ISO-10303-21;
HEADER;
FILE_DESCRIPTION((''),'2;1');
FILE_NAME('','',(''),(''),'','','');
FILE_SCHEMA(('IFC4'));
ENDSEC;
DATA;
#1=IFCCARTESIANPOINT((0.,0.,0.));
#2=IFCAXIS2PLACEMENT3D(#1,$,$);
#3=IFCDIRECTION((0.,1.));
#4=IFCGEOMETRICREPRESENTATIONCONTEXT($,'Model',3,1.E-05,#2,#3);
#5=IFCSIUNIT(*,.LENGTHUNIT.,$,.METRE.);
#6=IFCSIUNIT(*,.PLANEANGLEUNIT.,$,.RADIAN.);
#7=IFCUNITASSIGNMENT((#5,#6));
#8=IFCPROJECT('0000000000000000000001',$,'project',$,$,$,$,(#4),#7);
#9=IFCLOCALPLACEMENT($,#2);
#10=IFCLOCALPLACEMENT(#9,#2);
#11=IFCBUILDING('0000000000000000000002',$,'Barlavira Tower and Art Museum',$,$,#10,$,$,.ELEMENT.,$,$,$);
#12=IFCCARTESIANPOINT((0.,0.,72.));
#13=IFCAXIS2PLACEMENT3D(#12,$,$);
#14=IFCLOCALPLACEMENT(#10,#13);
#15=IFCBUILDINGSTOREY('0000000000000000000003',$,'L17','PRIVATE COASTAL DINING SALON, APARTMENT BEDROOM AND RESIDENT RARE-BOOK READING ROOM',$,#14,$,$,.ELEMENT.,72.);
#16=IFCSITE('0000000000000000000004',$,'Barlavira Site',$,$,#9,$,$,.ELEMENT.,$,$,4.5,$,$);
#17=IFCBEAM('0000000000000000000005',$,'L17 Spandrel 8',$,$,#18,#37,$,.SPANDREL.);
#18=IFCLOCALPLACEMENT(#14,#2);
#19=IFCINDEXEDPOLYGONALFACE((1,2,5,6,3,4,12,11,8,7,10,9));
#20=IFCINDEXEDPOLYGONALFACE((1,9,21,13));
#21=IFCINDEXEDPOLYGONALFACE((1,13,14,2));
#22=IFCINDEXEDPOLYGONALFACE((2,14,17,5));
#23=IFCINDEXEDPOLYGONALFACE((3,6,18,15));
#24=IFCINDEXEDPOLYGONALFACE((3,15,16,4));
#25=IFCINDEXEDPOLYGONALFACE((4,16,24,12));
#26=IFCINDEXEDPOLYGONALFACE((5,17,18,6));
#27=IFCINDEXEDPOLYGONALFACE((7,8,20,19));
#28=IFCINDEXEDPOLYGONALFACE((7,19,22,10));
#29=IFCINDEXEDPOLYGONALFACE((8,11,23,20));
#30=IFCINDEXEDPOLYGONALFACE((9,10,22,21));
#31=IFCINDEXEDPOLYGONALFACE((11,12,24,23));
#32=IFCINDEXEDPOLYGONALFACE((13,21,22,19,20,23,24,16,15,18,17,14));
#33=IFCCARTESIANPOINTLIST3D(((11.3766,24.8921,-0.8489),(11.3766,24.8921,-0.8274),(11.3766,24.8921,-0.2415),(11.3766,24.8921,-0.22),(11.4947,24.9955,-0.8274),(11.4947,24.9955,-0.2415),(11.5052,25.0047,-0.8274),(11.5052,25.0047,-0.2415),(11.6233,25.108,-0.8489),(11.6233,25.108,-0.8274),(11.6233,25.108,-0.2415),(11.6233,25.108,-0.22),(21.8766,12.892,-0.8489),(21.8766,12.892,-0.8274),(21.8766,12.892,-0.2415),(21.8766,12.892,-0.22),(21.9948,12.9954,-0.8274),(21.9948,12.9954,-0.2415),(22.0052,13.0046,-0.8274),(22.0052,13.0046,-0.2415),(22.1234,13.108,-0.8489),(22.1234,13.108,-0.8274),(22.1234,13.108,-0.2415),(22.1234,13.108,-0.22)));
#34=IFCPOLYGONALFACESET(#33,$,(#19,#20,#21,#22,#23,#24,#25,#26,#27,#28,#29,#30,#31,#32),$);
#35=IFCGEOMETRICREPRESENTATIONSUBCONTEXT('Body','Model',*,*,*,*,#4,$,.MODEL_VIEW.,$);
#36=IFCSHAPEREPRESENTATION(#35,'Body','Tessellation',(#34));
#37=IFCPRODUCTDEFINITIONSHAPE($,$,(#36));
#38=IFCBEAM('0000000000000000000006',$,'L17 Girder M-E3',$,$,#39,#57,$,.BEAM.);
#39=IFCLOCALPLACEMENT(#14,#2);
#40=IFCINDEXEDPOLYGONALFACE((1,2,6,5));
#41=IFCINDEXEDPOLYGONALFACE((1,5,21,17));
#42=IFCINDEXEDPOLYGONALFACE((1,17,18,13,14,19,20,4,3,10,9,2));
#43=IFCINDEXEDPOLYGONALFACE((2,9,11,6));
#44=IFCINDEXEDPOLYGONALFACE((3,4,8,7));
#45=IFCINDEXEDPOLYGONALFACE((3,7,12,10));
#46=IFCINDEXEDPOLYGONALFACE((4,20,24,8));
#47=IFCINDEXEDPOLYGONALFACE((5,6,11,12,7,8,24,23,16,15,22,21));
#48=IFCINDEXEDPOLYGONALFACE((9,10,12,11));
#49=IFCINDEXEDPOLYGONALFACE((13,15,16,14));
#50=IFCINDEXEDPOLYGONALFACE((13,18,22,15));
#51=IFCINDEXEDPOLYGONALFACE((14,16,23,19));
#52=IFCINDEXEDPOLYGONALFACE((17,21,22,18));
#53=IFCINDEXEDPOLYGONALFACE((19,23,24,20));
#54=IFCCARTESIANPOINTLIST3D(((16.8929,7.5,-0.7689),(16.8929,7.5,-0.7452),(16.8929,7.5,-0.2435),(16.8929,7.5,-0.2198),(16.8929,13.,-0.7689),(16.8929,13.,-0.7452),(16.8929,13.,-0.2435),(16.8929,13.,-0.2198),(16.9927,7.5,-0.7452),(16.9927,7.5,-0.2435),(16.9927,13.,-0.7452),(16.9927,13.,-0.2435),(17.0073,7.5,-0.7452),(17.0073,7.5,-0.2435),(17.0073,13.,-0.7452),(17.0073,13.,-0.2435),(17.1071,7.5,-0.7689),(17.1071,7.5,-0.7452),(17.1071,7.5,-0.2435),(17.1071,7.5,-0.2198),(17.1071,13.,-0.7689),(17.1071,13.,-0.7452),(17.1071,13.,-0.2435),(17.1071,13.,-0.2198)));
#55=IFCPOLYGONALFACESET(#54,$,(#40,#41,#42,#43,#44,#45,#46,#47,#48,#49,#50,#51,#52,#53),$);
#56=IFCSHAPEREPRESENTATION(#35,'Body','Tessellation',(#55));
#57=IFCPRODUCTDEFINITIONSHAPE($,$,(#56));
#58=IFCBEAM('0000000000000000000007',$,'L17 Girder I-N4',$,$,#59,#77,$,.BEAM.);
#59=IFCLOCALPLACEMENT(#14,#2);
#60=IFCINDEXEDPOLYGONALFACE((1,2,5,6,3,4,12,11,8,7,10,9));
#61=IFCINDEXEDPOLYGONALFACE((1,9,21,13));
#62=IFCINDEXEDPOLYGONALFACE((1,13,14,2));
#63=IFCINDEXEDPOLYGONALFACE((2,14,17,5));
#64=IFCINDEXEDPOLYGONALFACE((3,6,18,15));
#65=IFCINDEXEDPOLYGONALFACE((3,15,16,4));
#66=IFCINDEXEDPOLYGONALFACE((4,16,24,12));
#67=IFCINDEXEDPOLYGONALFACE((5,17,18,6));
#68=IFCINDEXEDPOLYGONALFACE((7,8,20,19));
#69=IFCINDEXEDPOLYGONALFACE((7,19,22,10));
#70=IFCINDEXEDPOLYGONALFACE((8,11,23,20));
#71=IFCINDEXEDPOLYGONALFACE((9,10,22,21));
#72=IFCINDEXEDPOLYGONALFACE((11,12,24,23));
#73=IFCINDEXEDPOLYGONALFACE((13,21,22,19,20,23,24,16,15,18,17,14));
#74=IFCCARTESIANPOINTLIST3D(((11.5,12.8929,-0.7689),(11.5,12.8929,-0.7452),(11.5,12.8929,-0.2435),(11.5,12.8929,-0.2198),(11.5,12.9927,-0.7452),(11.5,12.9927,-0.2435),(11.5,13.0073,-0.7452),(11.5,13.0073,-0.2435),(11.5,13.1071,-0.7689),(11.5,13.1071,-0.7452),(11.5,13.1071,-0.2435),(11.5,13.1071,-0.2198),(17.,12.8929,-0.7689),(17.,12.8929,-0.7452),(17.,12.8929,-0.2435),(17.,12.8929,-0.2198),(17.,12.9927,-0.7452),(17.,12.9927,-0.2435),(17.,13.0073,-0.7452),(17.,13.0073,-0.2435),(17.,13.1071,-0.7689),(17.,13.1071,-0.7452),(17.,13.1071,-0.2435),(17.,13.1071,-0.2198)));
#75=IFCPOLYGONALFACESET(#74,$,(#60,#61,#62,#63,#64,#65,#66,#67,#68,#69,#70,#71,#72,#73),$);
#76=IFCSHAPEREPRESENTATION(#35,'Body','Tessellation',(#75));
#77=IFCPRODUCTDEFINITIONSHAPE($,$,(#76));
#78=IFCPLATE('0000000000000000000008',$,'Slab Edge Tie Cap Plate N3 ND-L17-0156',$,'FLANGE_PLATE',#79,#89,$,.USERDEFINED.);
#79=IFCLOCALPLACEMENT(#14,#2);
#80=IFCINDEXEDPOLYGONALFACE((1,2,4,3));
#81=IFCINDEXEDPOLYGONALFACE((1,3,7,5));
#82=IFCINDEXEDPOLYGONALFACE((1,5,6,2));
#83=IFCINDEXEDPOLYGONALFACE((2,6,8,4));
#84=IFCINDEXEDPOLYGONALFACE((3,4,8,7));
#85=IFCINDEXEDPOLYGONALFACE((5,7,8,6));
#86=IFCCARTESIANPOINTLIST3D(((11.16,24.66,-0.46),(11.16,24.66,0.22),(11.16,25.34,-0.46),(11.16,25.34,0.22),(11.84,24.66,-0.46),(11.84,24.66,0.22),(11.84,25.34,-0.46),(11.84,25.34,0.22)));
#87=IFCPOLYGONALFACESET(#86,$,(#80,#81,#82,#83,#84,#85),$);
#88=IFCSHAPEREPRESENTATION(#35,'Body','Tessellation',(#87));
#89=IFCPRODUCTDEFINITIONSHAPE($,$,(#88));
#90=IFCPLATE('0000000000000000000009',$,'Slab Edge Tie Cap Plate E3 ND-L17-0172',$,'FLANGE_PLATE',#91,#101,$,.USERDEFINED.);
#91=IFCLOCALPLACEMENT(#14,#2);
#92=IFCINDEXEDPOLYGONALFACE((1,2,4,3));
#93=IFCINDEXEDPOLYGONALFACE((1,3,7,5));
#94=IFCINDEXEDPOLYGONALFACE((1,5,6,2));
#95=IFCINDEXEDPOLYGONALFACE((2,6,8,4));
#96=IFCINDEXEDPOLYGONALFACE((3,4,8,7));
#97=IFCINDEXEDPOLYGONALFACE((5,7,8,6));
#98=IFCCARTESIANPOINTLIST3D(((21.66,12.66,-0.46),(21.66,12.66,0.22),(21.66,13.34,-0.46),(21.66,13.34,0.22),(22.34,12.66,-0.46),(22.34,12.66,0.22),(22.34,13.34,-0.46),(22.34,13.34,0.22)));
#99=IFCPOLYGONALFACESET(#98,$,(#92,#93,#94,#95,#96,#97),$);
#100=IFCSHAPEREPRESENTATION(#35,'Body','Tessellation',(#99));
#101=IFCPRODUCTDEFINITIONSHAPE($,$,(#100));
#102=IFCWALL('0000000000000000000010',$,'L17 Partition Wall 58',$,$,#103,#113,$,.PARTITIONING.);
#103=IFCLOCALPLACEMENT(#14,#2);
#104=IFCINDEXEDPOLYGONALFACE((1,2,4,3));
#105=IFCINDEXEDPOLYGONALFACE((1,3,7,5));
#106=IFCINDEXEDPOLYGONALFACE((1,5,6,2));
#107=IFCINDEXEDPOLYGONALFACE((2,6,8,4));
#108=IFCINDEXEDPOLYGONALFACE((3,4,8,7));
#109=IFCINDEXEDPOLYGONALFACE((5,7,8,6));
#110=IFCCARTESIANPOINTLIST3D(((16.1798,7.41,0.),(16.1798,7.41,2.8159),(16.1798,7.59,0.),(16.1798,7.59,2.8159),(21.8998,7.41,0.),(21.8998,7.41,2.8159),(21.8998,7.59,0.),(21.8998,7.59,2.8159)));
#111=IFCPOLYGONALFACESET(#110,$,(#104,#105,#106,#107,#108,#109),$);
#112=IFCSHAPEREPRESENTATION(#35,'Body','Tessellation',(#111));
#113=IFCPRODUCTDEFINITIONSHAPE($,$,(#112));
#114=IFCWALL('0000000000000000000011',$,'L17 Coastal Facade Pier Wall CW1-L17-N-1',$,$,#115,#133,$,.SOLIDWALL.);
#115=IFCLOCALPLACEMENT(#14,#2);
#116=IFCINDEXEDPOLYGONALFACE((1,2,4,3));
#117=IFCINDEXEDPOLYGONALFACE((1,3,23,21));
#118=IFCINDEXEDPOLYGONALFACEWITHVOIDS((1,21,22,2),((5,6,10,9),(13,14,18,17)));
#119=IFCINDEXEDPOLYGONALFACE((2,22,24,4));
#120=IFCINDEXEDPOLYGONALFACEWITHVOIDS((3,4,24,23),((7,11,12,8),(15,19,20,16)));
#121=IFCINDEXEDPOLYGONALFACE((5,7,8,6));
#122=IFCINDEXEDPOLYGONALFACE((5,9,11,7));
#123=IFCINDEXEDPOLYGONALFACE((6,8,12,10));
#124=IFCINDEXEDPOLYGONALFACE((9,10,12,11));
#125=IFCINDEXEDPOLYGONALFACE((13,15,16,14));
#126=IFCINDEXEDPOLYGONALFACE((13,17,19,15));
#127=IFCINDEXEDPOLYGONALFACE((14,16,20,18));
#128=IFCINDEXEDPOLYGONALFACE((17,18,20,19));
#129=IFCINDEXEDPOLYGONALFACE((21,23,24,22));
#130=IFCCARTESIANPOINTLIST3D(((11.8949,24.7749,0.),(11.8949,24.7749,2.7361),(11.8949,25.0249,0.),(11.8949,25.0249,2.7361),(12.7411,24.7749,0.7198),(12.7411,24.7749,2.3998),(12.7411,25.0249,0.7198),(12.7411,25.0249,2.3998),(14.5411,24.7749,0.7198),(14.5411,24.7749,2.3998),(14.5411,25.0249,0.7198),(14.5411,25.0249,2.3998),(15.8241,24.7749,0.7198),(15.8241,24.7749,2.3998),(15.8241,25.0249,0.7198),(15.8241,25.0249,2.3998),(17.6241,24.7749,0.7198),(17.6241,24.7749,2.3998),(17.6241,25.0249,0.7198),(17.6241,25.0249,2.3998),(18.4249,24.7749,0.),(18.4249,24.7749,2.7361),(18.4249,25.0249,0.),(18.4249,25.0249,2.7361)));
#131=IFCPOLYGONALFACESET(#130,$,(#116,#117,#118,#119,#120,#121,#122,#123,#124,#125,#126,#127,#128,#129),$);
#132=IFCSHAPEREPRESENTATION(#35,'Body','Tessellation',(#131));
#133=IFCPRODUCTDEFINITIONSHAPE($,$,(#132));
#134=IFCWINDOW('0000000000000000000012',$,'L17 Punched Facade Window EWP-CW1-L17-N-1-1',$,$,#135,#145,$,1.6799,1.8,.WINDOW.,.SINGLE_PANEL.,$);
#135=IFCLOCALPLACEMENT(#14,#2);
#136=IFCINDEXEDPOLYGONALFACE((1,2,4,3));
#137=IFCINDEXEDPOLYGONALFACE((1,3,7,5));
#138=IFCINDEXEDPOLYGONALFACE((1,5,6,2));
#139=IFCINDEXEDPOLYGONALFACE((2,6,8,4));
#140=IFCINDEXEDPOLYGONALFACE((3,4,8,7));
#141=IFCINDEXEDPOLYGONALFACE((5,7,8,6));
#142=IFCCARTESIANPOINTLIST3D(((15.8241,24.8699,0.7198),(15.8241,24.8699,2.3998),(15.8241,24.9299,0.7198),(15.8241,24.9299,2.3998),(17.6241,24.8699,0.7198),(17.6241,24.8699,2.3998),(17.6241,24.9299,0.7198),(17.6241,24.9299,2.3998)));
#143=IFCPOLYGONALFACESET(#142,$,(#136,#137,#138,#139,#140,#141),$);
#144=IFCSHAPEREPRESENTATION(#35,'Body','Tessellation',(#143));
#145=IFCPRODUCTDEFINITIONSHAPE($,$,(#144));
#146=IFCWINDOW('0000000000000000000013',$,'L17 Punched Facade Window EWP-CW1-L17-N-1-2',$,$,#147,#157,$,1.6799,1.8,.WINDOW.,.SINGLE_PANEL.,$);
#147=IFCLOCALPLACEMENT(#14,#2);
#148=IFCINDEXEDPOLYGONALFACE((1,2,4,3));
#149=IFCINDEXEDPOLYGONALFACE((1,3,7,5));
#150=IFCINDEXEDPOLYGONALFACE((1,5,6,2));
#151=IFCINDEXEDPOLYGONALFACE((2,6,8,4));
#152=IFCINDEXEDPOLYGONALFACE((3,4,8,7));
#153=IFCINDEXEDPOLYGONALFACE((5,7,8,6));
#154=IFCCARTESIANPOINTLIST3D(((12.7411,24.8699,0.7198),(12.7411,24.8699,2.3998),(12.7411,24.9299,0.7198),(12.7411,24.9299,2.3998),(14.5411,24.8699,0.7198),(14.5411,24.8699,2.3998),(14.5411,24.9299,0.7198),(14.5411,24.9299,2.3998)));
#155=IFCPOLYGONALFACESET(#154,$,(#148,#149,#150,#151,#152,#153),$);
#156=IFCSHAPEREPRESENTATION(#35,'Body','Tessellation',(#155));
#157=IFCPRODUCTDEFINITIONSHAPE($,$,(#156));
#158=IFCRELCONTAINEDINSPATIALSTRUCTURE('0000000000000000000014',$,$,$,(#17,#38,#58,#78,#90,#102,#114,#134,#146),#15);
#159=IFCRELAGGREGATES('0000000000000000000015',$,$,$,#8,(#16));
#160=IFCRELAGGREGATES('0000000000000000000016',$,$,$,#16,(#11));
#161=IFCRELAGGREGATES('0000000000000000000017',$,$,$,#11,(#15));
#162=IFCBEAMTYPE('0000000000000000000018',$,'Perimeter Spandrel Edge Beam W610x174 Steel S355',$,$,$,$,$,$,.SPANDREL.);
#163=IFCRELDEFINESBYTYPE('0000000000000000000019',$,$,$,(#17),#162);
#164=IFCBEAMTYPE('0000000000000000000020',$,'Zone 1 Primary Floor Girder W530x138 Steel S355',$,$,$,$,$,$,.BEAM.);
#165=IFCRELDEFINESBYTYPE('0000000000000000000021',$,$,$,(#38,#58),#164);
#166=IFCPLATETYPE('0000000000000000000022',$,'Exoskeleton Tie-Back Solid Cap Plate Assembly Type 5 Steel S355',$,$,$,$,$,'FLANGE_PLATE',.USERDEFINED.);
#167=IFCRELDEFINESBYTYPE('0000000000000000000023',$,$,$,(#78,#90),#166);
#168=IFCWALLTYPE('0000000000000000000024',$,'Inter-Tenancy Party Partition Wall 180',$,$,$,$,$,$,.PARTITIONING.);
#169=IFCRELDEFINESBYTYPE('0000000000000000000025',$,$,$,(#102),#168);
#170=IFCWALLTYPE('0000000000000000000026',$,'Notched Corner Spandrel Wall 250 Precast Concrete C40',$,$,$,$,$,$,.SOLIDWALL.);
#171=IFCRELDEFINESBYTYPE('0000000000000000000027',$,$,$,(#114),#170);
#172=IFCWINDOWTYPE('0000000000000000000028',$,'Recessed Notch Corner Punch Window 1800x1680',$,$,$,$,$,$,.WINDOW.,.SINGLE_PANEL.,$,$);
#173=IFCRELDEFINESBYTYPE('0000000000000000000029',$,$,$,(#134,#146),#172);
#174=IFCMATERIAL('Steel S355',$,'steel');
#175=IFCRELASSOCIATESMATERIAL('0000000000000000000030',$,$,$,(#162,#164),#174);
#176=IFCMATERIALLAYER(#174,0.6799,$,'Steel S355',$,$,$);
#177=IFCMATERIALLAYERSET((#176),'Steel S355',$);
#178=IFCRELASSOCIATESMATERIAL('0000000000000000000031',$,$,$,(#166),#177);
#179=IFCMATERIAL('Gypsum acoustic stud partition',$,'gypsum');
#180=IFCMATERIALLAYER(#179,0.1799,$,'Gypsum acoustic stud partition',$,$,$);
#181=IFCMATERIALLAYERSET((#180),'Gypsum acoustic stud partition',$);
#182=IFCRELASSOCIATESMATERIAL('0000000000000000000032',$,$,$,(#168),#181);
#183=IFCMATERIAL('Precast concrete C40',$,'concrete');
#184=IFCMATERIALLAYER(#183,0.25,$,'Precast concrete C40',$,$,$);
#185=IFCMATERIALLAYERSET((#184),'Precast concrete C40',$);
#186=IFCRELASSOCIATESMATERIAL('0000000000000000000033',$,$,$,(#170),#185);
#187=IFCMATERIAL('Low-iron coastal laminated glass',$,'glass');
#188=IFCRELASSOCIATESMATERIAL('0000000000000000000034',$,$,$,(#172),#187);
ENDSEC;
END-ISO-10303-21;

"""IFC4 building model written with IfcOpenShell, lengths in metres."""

from ifc_helpers import new_model, si_unit, direction, frame, frame_2d, origin, origin_2d, place, context, subcontext, project, spatial, rectangle, i_section, extrude, material, layer, layer_set, material_profile, profile_set, type_object, element, fill, save


model = new_model("IFC4")

# Units and contexts
model_context = context("Model", 3, precision=1e-05, world=origin(), true_north=direction((0.0, 1.0)))
body_context = subcontext(model_context, "Body", "Model", "MODEL_VIEW")
ifc_project = project(units=[si_unit("LENGTHUNIT", "METRE"), si_unit("PLANEANGLEUNIT", "RADIAN")], contexts=[model_context])

# Site, building, storey
site_placement = place(None, origin())
site = spatial("IfcSite", under=ifc_project, at=site_placement, Name="Barlavira Site", CompositionType="ELEMENT", RefElevation=4.5)
building_placement = place(site_placement, origin())
building = spatial("IfcBuilding", under=site, at=building_placement, Name="Barlavira Tower and Art Museum", CompositionType="ELEMENT")
storey_placement = place(building_placement, frame((0.0, 0.0, 72.0)))
storey = spatial("IfcBuildingStorey", under=building, at=storey_placement, Name="L17", Description="PRIVATE COASTAL DINING SALON, APARTMENT BEDROOM AND RESIDENT RARE-BOOK READING ROOM", CompositionType="ELEMENT", Elevation=72.0)

# Shared definitions
ifc_material_1 = material(Name="Steel S355", Category="steel")

# Beams
ifc_material_profile_1 = material_profile(ifc_material_1, i_section(OverallWidth=0.3279, OverallDepth=0.6289, WebThickness=0.0139, FlangeThickness=0.0215, at=origin_2d()), Name="W610x174.0")
ifc_profile_set_1 = profile_set([ifc_material_profile_1], Name="Steel S355")
beam_type_1 = type_object("IfcBeamType", Name="Perimeter Spandrel Edge Beam W610x174 Steel S355", PredefinedType="SPANDREL", material=ifc_profile_set_1)
beam_1_placement = place(storey_placement, frame((22.0, 13.0, -0.5344), z_axis=(-0.658505, 0.752577, 0.0), x_axis=(-0.752577, -0.658505, 0.0)))
element("IfcBeam", 1, at=beam_1_placement, inside=storey, type_object=beam_type_1, Name="L17 Spandrel 8", PredefinedType="SPANDREL", context=body_context, shape_type="SweptSolid", body=[
    extrude(i_section(OverallWidth=0.3279, OverallDepth=0.6289, WebThickness=0.0139, FlangeThickness=0.0215, at=origin_2d()), origin(), (0.0, 0.0, 1.0), 15.9453),
])
ifc_material_profile_2 = material_profile(ifc_material_1, i_section(OverallWidth=0.2141, OverallDepth=0.5491, WebThickness=0.0146, FlangeThickness=0.0237, at=origin_2d()), Name="W530x138.0")
ifc_profile_set_2 = profile_set([ifc_material_profile_2], Name="Steel S355")
beam_type_2 = type_object("IfcBeamType", Name="Zone 1 Primary Floor Girder W530x138 Steel S355", PredefinedType="BEAM", material=ifc_profile_set_2)
for number, where, z_axis, x_axis, name in (
    (2, (17.0, 7.5, -0.4944), (0.0, 1.0, 0.0), (-1.0, 0.0, 0.0), "L17 Girder M-E3"),
    (3, (11.5, 13.0, -0.4944), (1.0, 0.0, 0.0), (0.0, 1.0, 0.0), "L17 Girder I-N4"),
):
    element("IfcBeam", number, at=place(storey_placement, frame(where, z_axis=z_axis, x_axis=x_axis)), inside=storey, type_object=beam_type_2, Name=name, PredefinedType="BEAM", context=body_context, shape_type="SweptSolid", body=[
        extrude(i_section(OverallWidth=0.2141, OverallDepth=0.5491, WebThickness=0.0146, FlangeThickness=0.0237, at=origin_2d()), origin(), (0.0, 0.0, 1.0), 5.5),
    ])

# Plates
ifc_layer_1 = layer(ifc_material_1, 0.6799, Name="Steel S355")
ifc_layer_set_1 = layer_set([ifc_layer_1], Name="Steel S355")
plate_type = type_object("IfcPlateType", Name="Exoskeleton Tie-Back Solid Cap Plate Assembly Type 5 Steel S355", ElementType="FLANGE_PLATE", PredefinedType="USERDEFINED", material=ifc_layer_set_1)
for number, where, z_axis, x_axis, name in (
    (4, (11.5, 25.0, -0.46), (0.0, 0.0, 1.0), (1.0, 0.0, 0.0), "Slab Edge Tie Cap Plate N3 ND-L17-0156"),
    (5, (22.0, 13.0, -0.46), (0.0, 0.0, 1.0), (1.0, 0.0, 0.0), "Slab Edge Tie Cap Plate E3 ND-L17-0172"),
):
    element("IfcPlate", number, at=place(storey_placement, frame(where, z_axis=z_axis, x_axis=x_axis)), inside=storey, type_object=plate_type, Name=name, ObjectType="FLANGE_PLATE", PredefinedType="USERDEFINED", context=body_context, shape_type="SweptSolid", body=[
        extrude(rectangle(XDim=0.6799, YDim=0.6799, at=origin_2d()), origin(), (0.0, 0.0, 1.0), 0.6799),
    ])

# Wall
ifc_material_2 = material(Name="Gypsum acoustic stud partition", Category="gypsum")
ifc_layer_2 = layer(ifc_material_2, 0.1799, Name="Gypsum acoustic stud partition")
ifc_layer_set_2 = layer_set([ifc_layer_2], Name="Gypsum acoustic stud partition")
wall_type_1 = type_object("IfcWallType", Name="Inter-Tenancy Party Partition Wall 180", PredefinedType="PARTITIONING", material=ifc_layer_set_2)
wall_1_placement = place(storey_placement, frame((16.1799, 7.5, 0.0), z_axis=(0.0, 0.0, 1.0), x_axis=(1.0, 0.0, 0.0)))
element("IfcWall", 6, at=wall_1_placement, inside=storey, type_object=wall_type_1, Name="L17 Partition Wall 58", PredefinedType="PARTITIONING", context=body_context, shape_type="SweptSolid", body=[
    extrude(rectangle(XDim=5.72, YDim=0.1799, at=frame_2d((2.8599, 0.0))), origin(), (0.0, 0.0, 1.0), 2.8159),
])

# Wall, openings, windows
ifc_material_3 = material(Name="Precast concrete C40", Category="concrete")
ifc_layer_3 = layer(ifc_material_3, 0.25, Name="Precast concrete C40")
ifc_layer_set_3 = layer_set([ifc_layer_3], Name="Precast concrete C40")
wall_type_2 = type_object("IfcWallType", Name="Notched Corner Spandrel Wall 250 Precast Concrete C40", PredefinedType="SOLIDWALL", material=ifc_layer_set_3)
wall_2_placement = place(storey_placement, frame((18.425, 24.8999, 0.0), z_axis=(0.0, 0.0, 1.0), x_axis=(-1.0, 0.0, 0.0)))
wall_2 = element("IfcWall", 7, at=wall_2_placement, inside=storey, type_object=wall_type_2, Name="L17 Coastal Facade Pier Wall CW1-L17-N-1", PredefinedType="SOLIDWALL", context=body_context, shape_type="SweptSolid", body=[
    extrude(rectangle(XDim=6.53, YDim=0.25, at=frame_2d((3.2651, 0.0))), origin(), (0.0, 0.0, 1.0), 2.7361),
])
opening_1_placement = place(wall_2_placement, frame((0.801, 0.0, 0.72)))
opening_1 = element("IfcOpeningElement", 8, at=opening_1_placement, cuts=wall_2, PredefinedType="OPENING", context=body_context, shape_type="SweptSolid", body=[
    extrude(rectangle(XDim=1.8, YDim=1.6799, at=frame_2d((0.8999, 0.8398))), frame((0.0, 0.135, 0.0), z_axis=(0.0, -1.0, 0.0), x_axis=(1.0, 0.0, 0.0)), (0.0, 0.0, 1.0), 0.27),
])
opening_2_placement = place(wall_2_placement, frame((3.884, 0.0, 0.72)))
opening_2 = element("IfcOpeningElement", 9, at=opening_2_placement, cuts=wall_2, PredefinedType="OPENING", context=body_context, shape_type="SweptSolid", body=[
    extrude(rectangle(XDim=1.8, YDim=1.6799, at=frame_2d((0.8999, 0.8398))), frame((0.0, 0.135, 0.0), z_axis=(0.0, -1.0, 0.0), x_axis=(1.0, 0.0, 0.0)), (0.0, 0.0, 1.0), 0.27),
])
ifc_material_4 = material(Name="Low-iron coastal laminated glass", Category="glass")
window_type = type_object("IfcWindowType", Name="Recessed Notch Corner Punch Window 1800x1680", PartitioningType="SINGLE_PANEL", PredefinedType="WINDOW", material=ifc_material_4)
window_1_placement = place(opening_1_placement, origin())
window_1 = element("IfcWindow", 10, at=window_1_placement, inside=storey, type_object=window_type, Name="L17 Punched Facade Window EWP-CW1-L17-N-1-1", OverallHeight=1.6799, OverallWidth=1.8, PartitioningType="SINGLE_PANEL", PredefinedType="WINDOW", context=body_context, shape_type="SweptSolid", body=[
    extrude(rectangle(XDim=1.8, YDim=1.6799, at=frame_2d((0.8999, 0.8398))), frame((0.0, 0.03, 0.0), z_axis=(0.0, -1.0, 0.0), x_axis=(1.0, 0.0, 0.0)), (0.0, 0.0, 1.0), 0.0601),
])
fill(opening_1, window_1)
window_2_placement = place(opening_2_placement, origin())
window_2 = element("IfcWindow", 11, at=window_2_placement, inside=storey, type_object=window_type, Name="L17 Punched Facade Window EWP-CW1-L17-N-1-2", OverallHeight=1.6799, OverallWidth=1.8, PartitioningType="SINGLE_PANEL", PredefinedType="WINDOW", context=body_context, shape_type="SweptSolid", body=[
    extrude(rectangle(XDim=1.8, YDim=1.6799, at=frame_2d((0.8999, 0.8398))), frame((0.0, 0.03, 0.0), z_axis=(0.0, -1.0, 0.0), x_axis=(1.0, 0.0, 0.0)), (0.0, 0.0, 1.0), 0.0601),
])
fill(opening_2, window_2)

save(model, "model.ifc")
